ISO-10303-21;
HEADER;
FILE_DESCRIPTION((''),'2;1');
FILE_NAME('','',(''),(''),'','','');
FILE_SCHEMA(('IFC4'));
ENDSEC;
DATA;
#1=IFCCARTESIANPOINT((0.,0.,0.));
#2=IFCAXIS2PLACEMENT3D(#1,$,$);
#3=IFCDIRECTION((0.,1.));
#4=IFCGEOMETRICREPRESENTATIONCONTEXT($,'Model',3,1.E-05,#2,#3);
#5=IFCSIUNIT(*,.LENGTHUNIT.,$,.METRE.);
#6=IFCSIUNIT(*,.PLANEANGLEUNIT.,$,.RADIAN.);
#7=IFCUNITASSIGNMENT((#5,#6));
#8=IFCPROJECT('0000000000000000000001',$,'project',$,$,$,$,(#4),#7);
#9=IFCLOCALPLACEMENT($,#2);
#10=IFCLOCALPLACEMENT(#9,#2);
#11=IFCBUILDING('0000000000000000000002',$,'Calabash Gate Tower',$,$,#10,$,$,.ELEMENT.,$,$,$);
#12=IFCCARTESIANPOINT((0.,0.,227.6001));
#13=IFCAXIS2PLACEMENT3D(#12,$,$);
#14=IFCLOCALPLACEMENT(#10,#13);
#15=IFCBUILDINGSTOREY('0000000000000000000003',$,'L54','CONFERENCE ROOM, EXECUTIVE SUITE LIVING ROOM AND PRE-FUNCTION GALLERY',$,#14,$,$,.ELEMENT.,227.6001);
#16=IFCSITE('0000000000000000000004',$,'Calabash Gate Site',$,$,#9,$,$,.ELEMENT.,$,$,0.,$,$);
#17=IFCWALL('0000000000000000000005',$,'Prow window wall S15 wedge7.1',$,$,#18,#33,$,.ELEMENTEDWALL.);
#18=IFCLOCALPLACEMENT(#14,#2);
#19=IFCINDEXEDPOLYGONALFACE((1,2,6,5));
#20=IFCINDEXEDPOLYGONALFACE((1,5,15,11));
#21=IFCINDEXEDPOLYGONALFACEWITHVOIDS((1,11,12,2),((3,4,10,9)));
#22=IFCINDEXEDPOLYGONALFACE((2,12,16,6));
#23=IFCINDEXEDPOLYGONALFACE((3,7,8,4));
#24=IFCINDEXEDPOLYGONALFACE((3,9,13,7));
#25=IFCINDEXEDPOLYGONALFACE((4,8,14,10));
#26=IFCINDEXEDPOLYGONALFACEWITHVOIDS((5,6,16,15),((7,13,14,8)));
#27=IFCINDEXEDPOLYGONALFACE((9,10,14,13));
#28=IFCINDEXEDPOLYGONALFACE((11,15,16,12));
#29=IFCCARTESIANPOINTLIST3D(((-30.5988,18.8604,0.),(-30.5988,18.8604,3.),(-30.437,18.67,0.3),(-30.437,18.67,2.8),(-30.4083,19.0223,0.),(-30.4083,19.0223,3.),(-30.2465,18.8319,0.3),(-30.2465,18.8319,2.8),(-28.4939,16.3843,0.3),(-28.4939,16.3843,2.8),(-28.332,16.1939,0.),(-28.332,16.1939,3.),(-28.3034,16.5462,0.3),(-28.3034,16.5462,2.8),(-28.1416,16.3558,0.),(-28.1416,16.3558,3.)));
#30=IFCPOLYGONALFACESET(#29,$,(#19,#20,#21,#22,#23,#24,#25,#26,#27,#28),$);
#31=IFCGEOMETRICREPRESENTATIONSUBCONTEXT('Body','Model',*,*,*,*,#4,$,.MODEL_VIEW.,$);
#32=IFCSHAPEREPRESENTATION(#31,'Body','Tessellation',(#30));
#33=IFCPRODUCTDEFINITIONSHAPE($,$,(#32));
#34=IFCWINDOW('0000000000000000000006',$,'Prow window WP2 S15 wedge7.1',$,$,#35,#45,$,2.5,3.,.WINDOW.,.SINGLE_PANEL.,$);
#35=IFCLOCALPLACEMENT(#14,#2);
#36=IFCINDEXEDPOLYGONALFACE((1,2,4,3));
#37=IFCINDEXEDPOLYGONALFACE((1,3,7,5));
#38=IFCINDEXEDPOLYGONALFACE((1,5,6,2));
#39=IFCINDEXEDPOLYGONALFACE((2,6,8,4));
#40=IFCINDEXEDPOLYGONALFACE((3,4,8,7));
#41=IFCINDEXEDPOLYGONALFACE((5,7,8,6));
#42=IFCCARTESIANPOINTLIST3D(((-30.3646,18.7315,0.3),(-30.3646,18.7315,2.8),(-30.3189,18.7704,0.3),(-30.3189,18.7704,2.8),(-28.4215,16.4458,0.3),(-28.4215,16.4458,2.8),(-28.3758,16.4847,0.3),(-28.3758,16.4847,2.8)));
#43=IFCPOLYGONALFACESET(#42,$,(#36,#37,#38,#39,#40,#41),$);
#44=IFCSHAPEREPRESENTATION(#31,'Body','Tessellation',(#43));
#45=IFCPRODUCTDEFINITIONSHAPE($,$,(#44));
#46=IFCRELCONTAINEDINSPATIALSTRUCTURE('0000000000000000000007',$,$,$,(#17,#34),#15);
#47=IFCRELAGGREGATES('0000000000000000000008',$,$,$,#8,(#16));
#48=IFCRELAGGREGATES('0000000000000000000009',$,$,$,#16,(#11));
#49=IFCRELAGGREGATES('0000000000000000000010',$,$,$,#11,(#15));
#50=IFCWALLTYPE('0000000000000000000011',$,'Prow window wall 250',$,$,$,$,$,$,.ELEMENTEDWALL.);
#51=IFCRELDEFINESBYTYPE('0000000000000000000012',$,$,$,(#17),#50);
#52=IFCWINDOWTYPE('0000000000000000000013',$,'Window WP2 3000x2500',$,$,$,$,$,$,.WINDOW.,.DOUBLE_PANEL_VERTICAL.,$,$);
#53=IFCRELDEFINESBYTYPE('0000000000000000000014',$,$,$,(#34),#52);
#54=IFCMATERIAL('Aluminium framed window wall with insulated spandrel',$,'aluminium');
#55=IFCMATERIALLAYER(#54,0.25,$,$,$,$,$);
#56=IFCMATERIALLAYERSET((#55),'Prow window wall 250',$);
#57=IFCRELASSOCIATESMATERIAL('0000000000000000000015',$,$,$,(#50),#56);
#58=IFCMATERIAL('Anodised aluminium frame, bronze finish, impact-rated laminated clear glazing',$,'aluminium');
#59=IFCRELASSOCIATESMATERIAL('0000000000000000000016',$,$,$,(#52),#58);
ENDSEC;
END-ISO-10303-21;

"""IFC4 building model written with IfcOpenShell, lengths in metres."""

from ifc_helpers import new_model, si_unit, direction, frame, frame_2d, origin, place, context, subcontext, project, spatial, rectangle, extrude, material, layer, layer_set, type_object, element, fill, save


model = new_model("IFC4")

# Units and contexts
model_context = context("Model", 3, precision=1e-05, world=origin(), true_north=direction((0.0, 1.0)))
body_context = subcontext(model_context, "Body", "Model", "MODEL_VIEW")
ifc_project = project(units=[si_unit("LENGTHUNIT", "METRE"), si_unit("PLANEANGLEUNIT", "RADIAN")], contexts=[model_context])

# Site, building, storey
site_placement = place(None, origin())
site = spatial("IfcSite", under=ifc_project, at=site_placement, Name="Calabash Gate Site", CompositionType="ELEMENT", RefElevation=0.0)
building_placement = place(site_placement, origin())
building = spatial("IfcBuilding", under=site, at=building_placement, Name="Calabash Gate Tower", CompositionType="ELEMENT")
storey_placement = place(building_placement, frame((0.0, 0.0, 227.6001)))
storey = spatial("IfcBuildingStorey", under=building, at=storey_placement, Name="L54", Description="CONFERENCE ROOM, EXECUTIVE SUITE LIVING ROOM AND PRE-FUNCTION GALLERY", CompositionType="ELEMENT", Elevation=227.6001)

# Wall, opening, window
ifc_material_1 = material(Name="Aluminium framed window wall with insulated spandrel", Category="aluminium")
ifc_layer_1 = layer(ifc_material_1, 0.25)
ifc_layer_set_1 = layer_set([ifc_layer_1], Name="Prow window wall 250")
wall_type_1 = type_object("IfcWallType", Name="Prow window wall 250", PredefinedType="ELEMENTEDWALL", material=ifc_layer_set_1)
ifc_material_2 = material(Name="Anodised aluminium frame, bronze finish, impact-rated laminated clear glazing", Category="aluminium")
window_type = type_object("IfcWindowType", Name="Window WP2 3000x2500", PartitioningType="DOUBLE_PANEL_VERTICAL", PredefinedType="WINDOW", material=ifc_material_2)
wall_1_placement = place(storey_placement, frame((-30.5037, 18.9414, 0.0), z_axis=(0.0, 0.0, 1.0), x_axis=(0.647701, -0.761895, 0.0)))
wall_1 = element("IfcWall", 1, at=wall_1_placement, inside=storey, type_object=wall_type_1, Name="Prow window wall S15 wedge7.1", PredefinedType="ELEMENTEDWALL", context=body_context, shape_type="SweptSolid", body=[
    extrude(rectangle(XDim=3.4998, YDim=0.25, at=frame_2d((1.75, 0.0))), origin(), (0.0, 0.0, 1.0), 3.0),
])
opening_1_placement = place(wall_1_placement, frame((0.25, 0.0, 0.3)))
opening_1 = element("IfcOpeningElement", 2, at=opening_1_placement, cuts=wall_1, PredefinedType="OPENING", context=body_context, shape_type="SweptSolid", body=[
    extrude(rectangle(XDim=3.0, YDim=2.5, at=frame_2d((1.5, 1.25))), frame((0.0, 0.135, 0.0), z_axis=(0.0, -1.0, 0.0), x_axis=(1.0, 0.0, 0.0)), (0.0, 0.0, 1.0), 0.27),
])
window_1_placement = place(opening_1_placement, origin())
window_1 = element("IfcWindow", 3, at=window_1_placement, inside=storey, type_object=window_type, Name="Prow window WP2 S15 wedge7.1", OverallHeight=2.5, OverallWidth=3.0, PartitioningType="SINGLE_PANEL", PredefinedType="WINDOW", context=body_context, shape_type="SweptSolid", body=[
    extrude(rectangle(XDim=3.0, YDim=2.5, at=frame_2d((1.5, 1.25))), frame((0.0, 0.03, 0.0), z_axis=(0.0, -1.0, 0.0), x_axis=(1.0, 0.0, 0.0)), (0.0, 0.0, 1.0), 0.0601),
])
fill(opening_1, window_1)

save(model, "model.ifc")
